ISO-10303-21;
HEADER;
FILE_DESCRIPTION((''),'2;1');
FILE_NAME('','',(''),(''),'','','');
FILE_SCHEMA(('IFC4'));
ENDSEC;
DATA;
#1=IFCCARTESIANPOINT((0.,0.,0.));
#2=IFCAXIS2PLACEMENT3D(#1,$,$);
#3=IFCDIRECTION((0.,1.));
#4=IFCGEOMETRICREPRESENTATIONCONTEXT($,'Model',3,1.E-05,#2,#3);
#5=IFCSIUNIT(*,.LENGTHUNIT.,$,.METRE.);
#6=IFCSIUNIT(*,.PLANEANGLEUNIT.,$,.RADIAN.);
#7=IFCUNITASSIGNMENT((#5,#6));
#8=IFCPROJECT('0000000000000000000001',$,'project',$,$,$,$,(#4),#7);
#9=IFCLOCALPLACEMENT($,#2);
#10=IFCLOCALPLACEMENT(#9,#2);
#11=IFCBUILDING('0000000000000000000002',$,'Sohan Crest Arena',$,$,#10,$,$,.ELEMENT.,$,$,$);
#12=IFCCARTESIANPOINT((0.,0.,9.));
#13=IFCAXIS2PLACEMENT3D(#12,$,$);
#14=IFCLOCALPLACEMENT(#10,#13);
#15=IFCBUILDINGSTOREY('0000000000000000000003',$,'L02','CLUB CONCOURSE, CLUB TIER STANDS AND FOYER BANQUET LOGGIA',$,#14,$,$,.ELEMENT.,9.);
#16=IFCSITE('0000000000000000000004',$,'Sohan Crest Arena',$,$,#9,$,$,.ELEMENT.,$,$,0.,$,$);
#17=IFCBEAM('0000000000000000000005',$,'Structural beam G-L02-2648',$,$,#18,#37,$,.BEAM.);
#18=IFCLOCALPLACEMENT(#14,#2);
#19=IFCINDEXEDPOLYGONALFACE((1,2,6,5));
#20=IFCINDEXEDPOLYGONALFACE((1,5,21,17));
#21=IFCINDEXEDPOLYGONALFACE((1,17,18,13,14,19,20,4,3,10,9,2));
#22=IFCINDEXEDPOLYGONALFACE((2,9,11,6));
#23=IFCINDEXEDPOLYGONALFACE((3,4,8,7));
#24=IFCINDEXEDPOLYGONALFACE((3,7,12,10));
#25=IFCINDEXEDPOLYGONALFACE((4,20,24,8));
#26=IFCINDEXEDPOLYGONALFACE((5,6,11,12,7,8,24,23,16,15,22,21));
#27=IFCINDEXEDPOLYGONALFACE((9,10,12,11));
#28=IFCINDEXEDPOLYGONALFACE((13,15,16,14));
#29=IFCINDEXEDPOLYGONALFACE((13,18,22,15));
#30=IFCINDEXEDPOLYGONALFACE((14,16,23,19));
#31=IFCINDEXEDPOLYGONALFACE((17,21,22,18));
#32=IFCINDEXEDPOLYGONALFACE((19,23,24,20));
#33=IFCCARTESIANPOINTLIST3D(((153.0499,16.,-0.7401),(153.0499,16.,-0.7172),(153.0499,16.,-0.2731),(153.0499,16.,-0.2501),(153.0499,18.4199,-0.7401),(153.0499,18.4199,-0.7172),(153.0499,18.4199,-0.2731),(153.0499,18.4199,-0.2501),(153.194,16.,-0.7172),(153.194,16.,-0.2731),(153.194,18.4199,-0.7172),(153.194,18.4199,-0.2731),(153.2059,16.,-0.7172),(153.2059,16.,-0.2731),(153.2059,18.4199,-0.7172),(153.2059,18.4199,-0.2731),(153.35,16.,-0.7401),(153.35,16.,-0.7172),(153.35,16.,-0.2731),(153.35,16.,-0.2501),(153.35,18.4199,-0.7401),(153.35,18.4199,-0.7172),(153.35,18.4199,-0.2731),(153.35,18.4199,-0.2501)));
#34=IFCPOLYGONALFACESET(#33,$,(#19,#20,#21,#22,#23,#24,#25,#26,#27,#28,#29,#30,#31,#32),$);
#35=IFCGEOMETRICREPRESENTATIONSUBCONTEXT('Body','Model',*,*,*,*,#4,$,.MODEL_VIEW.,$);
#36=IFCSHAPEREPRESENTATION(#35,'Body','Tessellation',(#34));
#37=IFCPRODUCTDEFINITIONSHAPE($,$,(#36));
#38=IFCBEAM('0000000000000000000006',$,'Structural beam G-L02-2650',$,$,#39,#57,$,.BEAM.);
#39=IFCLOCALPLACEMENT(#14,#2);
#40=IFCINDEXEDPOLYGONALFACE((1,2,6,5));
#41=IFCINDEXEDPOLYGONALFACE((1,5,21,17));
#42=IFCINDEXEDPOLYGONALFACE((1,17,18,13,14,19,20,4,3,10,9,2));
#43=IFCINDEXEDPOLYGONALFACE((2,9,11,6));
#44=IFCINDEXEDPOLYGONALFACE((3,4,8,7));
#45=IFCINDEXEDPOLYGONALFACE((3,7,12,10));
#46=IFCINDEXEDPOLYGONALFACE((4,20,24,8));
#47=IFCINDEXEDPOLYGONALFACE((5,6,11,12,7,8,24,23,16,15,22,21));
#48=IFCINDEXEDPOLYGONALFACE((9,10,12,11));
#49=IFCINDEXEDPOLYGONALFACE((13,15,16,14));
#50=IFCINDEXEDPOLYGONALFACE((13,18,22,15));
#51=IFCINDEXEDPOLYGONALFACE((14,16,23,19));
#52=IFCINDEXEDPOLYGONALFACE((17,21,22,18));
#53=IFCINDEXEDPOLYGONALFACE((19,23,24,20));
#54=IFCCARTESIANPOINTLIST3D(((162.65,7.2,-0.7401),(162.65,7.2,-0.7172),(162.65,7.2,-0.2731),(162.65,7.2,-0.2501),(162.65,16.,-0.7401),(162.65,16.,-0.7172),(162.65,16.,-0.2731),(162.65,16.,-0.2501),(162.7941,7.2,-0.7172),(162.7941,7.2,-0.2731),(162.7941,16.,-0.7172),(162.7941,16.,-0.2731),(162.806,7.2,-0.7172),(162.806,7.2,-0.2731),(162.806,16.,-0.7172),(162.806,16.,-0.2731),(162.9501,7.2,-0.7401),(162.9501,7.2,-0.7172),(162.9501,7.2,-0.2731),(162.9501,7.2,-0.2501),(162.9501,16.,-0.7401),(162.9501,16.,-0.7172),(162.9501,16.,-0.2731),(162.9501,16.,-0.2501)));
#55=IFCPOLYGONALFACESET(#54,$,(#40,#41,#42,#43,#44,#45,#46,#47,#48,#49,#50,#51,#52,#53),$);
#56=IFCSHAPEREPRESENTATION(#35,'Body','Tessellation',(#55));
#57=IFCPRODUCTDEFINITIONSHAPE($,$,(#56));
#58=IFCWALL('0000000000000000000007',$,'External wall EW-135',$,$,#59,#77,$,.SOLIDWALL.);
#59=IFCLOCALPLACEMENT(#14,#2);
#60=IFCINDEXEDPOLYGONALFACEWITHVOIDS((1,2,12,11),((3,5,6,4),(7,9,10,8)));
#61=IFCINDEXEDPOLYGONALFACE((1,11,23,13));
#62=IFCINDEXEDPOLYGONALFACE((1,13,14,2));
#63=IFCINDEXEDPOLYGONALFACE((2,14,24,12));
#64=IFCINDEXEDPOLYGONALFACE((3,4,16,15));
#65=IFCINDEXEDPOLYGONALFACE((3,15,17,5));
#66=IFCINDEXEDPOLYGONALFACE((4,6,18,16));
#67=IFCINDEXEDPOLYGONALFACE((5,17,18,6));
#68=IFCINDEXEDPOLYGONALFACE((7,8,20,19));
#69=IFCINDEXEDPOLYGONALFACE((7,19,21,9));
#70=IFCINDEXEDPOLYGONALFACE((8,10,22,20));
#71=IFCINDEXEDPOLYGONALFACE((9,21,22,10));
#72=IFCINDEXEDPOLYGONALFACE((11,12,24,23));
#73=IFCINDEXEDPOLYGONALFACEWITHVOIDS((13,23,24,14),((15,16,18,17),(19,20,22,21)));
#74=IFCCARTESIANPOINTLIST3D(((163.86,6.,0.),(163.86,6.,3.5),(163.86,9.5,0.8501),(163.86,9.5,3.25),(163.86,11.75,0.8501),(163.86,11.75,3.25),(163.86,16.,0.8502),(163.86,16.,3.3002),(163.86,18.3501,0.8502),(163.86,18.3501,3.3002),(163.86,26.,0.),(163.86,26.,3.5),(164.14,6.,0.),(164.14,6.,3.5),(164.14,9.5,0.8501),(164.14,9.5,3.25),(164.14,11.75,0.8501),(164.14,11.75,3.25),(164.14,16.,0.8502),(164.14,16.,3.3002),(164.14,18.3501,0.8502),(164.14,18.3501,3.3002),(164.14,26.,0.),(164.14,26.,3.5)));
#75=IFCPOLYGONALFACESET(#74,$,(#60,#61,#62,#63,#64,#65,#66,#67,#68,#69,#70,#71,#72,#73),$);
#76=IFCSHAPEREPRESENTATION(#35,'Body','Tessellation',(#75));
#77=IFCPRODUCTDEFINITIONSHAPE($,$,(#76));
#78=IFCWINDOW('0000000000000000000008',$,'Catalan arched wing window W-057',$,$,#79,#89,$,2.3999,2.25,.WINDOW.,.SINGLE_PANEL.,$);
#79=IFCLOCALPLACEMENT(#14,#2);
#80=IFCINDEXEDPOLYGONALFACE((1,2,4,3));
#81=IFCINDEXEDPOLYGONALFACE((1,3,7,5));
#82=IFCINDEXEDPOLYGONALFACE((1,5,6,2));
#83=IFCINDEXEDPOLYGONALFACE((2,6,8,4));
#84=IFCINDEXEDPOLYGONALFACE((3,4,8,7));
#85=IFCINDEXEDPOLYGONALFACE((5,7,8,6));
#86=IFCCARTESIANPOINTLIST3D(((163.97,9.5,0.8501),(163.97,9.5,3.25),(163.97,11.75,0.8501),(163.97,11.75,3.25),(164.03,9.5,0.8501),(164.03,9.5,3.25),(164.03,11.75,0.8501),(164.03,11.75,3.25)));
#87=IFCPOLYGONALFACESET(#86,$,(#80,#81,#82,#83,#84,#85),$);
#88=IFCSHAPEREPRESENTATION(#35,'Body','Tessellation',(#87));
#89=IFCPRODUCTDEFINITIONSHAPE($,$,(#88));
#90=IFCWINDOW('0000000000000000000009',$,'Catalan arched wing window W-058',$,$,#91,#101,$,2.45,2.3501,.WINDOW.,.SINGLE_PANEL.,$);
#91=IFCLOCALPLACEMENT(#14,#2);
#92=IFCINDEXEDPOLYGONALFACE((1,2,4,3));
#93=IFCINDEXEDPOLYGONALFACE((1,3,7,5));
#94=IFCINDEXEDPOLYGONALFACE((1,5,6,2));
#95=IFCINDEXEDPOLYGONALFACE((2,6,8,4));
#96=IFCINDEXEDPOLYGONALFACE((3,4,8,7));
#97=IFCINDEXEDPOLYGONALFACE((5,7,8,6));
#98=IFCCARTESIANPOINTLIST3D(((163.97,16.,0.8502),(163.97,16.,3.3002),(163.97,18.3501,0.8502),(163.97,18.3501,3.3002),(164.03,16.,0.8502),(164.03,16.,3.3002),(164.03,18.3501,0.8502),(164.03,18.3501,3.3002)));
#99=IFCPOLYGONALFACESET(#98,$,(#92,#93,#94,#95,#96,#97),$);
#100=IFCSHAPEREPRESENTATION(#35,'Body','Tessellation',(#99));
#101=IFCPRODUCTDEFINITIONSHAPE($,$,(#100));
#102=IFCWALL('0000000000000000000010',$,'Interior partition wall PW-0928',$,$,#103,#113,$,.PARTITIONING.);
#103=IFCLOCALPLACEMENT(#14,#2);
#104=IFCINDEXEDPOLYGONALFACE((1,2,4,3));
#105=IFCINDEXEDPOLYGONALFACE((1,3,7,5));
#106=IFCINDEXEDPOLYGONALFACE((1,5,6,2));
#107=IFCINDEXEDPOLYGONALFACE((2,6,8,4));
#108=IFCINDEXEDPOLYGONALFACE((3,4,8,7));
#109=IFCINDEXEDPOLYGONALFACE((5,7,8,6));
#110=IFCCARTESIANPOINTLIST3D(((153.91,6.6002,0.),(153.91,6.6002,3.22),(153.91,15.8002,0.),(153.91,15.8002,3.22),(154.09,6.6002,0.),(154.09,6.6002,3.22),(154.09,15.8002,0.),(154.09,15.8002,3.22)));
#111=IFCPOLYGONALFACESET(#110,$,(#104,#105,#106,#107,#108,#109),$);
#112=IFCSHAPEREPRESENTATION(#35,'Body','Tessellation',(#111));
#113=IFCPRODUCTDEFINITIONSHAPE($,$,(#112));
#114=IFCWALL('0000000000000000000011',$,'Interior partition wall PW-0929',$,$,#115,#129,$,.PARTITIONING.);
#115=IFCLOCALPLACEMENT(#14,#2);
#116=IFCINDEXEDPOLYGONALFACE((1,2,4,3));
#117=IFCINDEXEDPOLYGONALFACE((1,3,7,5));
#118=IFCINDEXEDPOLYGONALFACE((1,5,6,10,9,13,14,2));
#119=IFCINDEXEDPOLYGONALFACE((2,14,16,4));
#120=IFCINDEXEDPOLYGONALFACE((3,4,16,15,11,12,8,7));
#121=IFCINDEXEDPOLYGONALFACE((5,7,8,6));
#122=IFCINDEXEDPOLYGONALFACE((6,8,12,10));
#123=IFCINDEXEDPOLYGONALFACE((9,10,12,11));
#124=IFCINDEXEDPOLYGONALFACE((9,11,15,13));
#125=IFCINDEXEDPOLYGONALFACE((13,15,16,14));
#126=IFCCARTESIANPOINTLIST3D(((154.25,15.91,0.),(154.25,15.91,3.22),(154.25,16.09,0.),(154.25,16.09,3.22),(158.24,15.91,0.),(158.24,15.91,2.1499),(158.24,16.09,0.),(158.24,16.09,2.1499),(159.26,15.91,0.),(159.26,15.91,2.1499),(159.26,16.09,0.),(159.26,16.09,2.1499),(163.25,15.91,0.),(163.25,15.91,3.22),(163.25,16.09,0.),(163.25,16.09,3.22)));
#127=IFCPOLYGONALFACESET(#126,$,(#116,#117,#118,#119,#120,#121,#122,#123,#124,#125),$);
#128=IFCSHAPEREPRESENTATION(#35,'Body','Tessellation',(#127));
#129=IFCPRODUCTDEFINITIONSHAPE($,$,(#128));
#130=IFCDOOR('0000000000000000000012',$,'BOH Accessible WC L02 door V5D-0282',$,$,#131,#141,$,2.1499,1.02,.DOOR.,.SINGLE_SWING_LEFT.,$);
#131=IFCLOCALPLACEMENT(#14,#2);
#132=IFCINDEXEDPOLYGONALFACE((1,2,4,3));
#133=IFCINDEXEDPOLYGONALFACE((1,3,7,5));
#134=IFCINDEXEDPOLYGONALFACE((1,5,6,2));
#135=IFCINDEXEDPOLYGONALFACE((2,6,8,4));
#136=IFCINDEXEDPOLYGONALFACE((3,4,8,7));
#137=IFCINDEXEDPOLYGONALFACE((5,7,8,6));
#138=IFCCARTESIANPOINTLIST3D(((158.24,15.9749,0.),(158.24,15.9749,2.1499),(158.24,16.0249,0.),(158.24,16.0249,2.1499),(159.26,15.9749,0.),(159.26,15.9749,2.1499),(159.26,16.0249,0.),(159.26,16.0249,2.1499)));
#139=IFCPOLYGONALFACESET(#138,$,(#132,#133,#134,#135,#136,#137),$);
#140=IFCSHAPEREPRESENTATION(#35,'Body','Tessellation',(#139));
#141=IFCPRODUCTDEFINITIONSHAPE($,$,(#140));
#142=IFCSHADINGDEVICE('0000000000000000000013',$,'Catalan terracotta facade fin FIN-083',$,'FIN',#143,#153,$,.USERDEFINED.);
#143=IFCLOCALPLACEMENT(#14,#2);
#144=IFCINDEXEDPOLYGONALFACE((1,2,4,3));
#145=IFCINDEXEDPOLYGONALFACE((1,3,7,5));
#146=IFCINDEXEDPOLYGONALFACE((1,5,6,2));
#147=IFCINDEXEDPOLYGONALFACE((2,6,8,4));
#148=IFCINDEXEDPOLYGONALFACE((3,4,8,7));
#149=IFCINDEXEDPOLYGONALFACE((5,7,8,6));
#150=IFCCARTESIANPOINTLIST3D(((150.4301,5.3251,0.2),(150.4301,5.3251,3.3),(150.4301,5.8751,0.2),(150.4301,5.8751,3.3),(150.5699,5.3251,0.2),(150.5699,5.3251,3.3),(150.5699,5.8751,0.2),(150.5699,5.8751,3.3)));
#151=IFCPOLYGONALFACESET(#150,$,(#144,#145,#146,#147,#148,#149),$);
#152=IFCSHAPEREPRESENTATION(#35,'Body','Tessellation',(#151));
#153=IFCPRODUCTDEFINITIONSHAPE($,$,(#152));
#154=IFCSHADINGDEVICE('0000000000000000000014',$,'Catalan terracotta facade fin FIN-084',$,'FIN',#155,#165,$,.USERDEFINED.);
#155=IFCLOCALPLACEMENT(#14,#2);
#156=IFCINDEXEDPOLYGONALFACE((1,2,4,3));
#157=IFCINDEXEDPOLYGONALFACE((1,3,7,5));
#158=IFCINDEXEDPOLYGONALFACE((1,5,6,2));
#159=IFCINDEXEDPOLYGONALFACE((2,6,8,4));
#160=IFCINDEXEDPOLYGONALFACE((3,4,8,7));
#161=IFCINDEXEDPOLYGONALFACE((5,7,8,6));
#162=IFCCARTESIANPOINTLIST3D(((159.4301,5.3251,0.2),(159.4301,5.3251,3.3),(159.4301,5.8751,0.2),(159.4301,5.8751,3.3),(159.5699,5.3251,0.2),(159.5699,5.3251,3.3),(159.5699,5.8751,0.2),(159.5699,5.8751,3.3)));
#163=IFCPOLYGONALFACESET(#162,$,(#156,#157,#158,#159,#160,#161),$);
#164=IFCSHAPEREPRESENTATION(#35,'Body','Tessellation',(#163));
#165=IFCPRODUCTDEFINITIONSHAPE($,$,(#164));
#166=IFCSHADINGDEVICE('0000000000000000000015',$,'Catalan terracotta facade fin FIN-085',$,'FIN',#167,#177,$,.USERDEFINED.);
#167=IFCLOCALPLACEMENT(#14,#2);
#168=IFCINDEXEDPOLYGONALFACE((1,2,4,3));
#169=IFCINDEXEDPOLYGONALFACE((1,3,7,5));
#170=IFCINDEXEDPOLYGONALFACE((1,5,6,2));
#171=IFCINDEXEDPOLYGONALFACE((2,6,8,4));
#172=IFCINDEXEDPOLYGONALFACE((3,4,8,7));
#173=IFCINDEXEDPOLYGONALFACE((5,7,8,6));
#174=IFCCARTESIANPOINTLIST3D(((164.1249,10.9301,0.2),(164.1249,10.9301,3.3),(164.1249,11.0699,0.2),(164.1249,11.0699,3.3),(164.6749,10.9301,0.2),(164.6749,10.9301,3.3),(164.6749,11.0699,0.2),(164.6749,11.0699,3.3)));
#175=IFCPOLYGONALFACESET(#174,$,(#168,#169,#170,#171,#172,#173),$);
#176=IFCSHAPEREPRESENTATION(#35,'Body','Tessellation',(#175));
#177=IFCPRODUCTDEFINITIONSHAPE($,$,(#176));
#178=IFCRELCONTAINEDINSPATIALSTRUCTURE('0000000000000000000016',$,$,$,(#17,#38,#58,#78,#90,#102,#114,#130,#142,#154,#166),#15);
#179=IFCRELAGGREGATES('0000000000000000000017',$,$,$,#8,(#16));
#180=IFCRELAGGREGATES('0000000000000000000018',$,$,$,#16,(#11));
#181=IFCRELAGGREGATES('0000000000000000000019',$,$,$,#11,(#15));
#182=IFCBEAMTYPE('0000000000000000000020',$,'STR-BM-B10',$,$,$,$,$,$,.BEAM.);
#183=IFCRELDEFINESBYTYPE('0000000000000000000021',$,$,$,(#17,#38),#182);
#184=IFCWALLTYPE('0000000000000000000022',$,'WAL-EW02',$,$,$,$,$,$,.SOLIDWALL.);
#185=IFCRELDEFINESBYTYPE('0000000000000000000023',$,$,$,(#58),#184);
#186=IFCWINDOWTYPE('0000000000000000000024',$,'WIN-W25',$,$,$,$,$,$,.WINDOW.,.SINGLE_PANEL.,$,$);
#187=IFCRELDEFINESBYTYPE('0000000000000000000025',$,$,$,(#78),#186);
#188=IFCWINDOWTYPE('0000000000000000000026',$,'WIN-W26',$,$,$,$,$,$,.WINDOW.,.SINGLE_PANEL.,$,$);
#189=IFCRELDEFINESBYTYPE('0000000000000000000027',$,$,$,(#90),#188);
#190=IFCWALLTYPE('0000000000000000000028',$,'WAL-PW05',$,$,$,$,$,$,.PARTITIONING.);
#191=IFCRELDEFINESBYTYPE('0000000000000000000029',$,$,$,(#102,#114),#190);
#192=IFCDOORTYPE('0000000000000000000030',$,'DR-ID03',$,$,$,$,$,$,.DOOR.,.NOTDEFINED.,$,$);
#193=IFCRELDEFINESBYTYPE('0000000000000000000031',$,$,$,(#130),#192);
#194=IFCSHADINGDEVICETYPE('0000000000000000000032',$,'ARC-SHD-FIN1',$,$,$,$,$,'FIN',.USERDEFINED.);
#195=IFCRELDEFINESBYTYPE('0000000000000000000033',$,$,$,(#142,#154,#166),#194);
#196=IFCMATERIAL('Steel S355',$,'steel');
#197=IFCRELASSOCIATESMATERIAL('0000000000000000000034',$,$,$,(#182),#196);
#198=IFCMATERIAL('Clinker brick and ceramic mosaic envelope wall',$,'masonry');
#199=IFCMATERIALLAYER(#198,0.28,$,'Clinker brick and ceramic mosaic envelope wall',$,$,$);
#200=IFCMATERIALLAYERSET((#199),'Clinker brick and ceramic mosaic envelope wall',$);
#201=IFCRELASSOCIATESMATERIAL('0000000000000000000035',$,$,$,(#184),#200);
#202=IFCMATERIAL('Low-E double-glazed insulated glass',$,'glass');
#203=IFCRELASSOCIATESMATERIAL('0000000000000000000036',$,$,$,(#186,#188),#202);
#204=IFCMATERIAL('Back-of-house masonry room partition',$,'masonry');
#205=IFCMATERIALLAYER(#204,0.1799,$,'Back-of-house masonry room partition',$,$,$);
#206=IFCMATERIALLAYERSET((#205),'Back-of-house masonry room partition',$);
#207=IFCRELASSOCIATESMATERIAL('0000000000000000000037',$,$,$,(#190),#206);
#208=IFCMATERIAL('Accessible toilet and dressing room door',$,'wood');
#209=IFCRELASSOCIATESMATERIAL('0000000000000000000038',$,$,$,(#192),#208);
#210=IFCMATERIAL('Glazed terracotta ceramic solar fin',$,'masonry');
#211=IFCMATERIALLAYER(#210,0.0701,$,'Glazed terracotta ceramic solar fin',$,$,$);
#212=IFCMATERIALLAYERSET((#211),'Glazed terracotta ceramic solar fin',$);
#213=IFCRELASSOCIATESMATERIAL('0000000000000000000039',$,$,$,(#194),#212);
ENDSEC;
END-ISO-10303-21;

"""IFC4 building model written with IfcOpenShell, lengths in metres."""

from ifc_helpers import new_model, si_unit, direction, frame, frame_2d, origin, origin_2d, place, context, subcontext, project, spatial, rectangle, i_section, extrude, material, layer, layer_set, material_profile, profile_set, type_object, element, fill, save


model = new_model("IFC4")

# Units and contexts
model_context = context("Model", 3, precision=1e-05, world=origin(), true_north=direction((0.0, 1.0)))
body_context = subcontext(model_context, "Body", "Model", "MODEL_VIEW")
ifc_project = project(units=[si_unit("LENGTHUNIT", "METRE"), si_unit("PLANEANGLEUNIT", "RADIAN")], contexts=[model_context])

# Site, building, storey
site_placement = place(None, origin())
site = spatial("IfcSite", under=ifc_project, at=site_placement, Name="Sohan Crest Arena", CompositionType="ELEMENT", RefElevation=0.0)
building_placement = place(site_placement, origin())
building = spatial("IfcBuilding", under=site, at=building_placement, Name="Sohan Crest Arena", CompositionType="ELEMENT")
storey_placement = place(building_placement, frame((0.0, 0.0, 9.0)))
storey = spatial("IfcBuildingStorey", under=building, at=storey_placement, Name="L02", Description="CLUB CONCOURSE, CLUB TIER STANDS AND FOYER BANQUET LOGGIA", CompositionType="ELEMENT", Elevation=9.0)

# Shared definitions
ifc_material_1 = material(Name="Steel S355", Category="steel")

# Beams
ifc_material_profile_1 = material_profile(ifc_material_1, i_section(OverallWidth=0.3, OverallDepth=0.49, WebThickness=0.012, FlangeThickness=0.0229, at=origin_2d()), Name="HEA 500")
ifc_profile_set_1 = profile_set([ifc_material_profile_1], Name="Steel S355")
beam_type_1 = type_object("IfcBeamType", Name="STR-BM-B10", PredefinedType="BEAM", material=ifc_profile_set_1)
beam_1_placement = place(storey_placement, frame((153.2, 16.0, -0.4951), z_axis=(0.0, 1.0, 0.0), x_axis=(-1.0, 0.0, 0.0)))
element("IfcBeam", 1, at=beam_1_placement, inside=storey, type_object=beam_type_1, Name="Structural beam G-L02-2648", PredefinedType="BEAM", context=body_context, shape_type="SweptSolid", body=[
    extrude(i_section(OverallWidth=0.3, OverallDepth=0.49, WebThickness=0.012, FlangeThickness=0.0229, at=origin_2d()), origin(), (0.0, 0.0, 1.0), 2.4199),
])
beam_2_placement = place(storey_placement, frame((162.8, 7.2, -0.4951), z_axis=(0.0, 1.0, 0.0), x_axis=(-1.0, 0.0, 0.0)))
element("IfcBeam", 2, at=beam_2_placement, inside=storey, type_object=beam_type_1, Name="Structural beam G-L02-2650", PredefinedType="BEAM", context=body_context, shape_type="SweptSolid", body=[
    extrude(i_section(OverallWidth=0.3, OverallDepth=0.49, WebThickness=0.012, FlangeThickness=0.0229, at=origin_2d()), origin(), (0.0, 0.0, 1.0), 8.8),
])

# Wall, openings, windows
ifc_material_2 = material(Name="Clinker brick and ceramic mosaic envelope wall", Category="masonry")
ifc_layer_1 = layer(ifc_material_2, 0.28, Name="Clinker brick and ceramic mosaic envelope wall")
ifc_layer_set_1 = layer_set([ifc_layer_1], Name="Clinker brick and ceramic mosaic envelope wall")
wall_type_1 = type_object("IfcWallType", Name="WAL-EW02", PredefinedType="SOLIDWALL", material=ifc_layer_set_1)
wall_1_placement = place(storey_placement, frame((164.0, 6.0, 0.0), z_axis=(0.0, 0.0, 1.0), x_axis=(0.0, 1.0, 0.0)))
wall_1 = element("IfcWall", 3, at=wall_1_placement, inside=storey, type_object=wall_type_1, Name="External wall EW-135", PredefinedType="SOLIDWALL", context=body_context, shape_type="SweptSolid", body=[
    extrude(rectangle(XDim=20.0, YDim=0.28, at=frame_2d((10.0, 0.0))), origin(), (0.0, 0.0, 1.0), 3.5),
])
opening_1_placement = place(wall_1_placement, frame((3.5, 0.0, 0.8501)))
opening_1 = element("IfcOpeningElement", 4, at=opening_1_placement, cuts=wall_1, PredefinedType="OPENING", context=body_context, shape_type="SweptSolid", body=[
    extrude(rectangle(XDim=2.25, YDim=2.3999, at=frame_2d((1.125, 1.2))), frame((0.0, 0.1499, 0.0), z_axis=(0.0, -1.0, 0.0), x_axis=(1.0, 0.0, 0.0)), (0.0, 0.0, 1.0), 0.3),
])
opening_2_placement = place(wall_1_placement, frame((10.0, 0.0, 0.8501)))
opening_2 = element("IfcOpeningElement", 5, at=opening_2_placement, cuts=wall_1, PredefinedType="OPENING", context=body_context, shape_type="SweptSolid", body=[
    extrude(rectangle(XDim=2.3501, YDim=2.45, at=frame_2d((1.175, 1.2251))), frame((0.0, 0.1499, 0.0), z_axis=(0.0, -1.0, 0.0), x_axis=(1.0, 0.0, 0.0)), (0.0, 0.0, 1.0), 0.3),
])
ifc_material_3 = material(Name="Low-E double-glazed insulated glass", Category="glass")
window_type_1 = type_object("IfcWindowType", Name="WIN-W25", PartitioningType="SINGLE_PANEL", PredefinedType="WINDOW", material=ifc_material_3)
window_1_placement = place(opening_1_placement, origin())
window_1 = element("IfcWindow", 6, at=window_1_placement, inside=storey, type_object=window_type_1, Name="Catalan arched wing window W-057", OverallHeight=2.3999, OverallWidth=2.25, PartitioningType="SINGLE_PANEL", PredefinedType="WINDOW", context=body_context, shape_type="SweptSolid", body=[
    extrude(rectangle(XDim=2.25, YDim=2.3999, at=frame_2d((1.125, 1.2))), frame((0.0, 0.03, 0.0), z_axis=(0.0, -1.0, 0.0), x_axis=(1.0, 0.0, 0.0)), (0.0, 0.0, 1.0), 0.0601),
])
fill(opening_1, window_1)
window_type_2 = type_object("IfcWindowType", Name="WIN-W26", PartitioningType="SINGLE_PANEL", PredefinedType="WINDOW", material=ifc_material_3)
window_2_placement = place(opening_2_placement, origin())
window_2 = element("IfcWindow", 7, at=window_2_placement, inside=storey, type_object=window_type_2, Name="Catalan arched wing window W-058", OverallHeight=2.45, OverallWidth=2.3501, PartitioningType="SINGLE_PANEL", PredefinedType="WINDOW", context=body_context, shape_type="SweptSolid", body=[
    extrude(rectangle(XDim=2.3501, YDim=2.45, at=frame_2d((1.175, 1.2251))), frame((0.0, 0.03, 0.0), z_axis=(0.0, -1.0, 0.0), x_axis=(1.0, 0.0, 0.0)), (0.0, 0.0, 1.0), 0.0601),
])
fill(opening_2, window_2)

# Wall
ifc_material_4 = material(Name="Back-of-house masonry room partition", Category="masonry")
ifc_layer_2 = layer(ifc_material_4, 0.1799, Name="Back-of-house masonry room partition")
ifc_layer_set_2 = layer_set([ifc_layer_2], Name="Back-of-house masonry room partition")
wall_type_2 = type_object("IfcWallType", Name="WAL-PW05", PredefinedType="PARTITIONING", material=ifc_layer_set_2)
wall_2_placement = place(storey_placement, frame((154.0, 6.6001, 0.0), z_axis=(0.0, 0.0, 1.0), x_axis=(0.0, 1.0, 0.0)))
element("IfcWall", 8, at=wall_2_placement, inside=storey, type_object=wall_type_2, Name="Interior partition wall PW-0928", PredefinedType="PARTITIONING", context=body_context, shape_type="SweptSolid", body=[
    extrude(rectangle(XDim=9.2, YDim=0.1799, at=frame_2d((4.6001, 0.0))), origin(), (0.0, 0.0, 1.0), 3.22),
])

# Wall, opening, door
wall_3_placement = place(storey_placement, frame((154.25, 16.0, 0.0), z_axis=(0.0, 0.0, 1.0), x_axis=(1.0, 0.0, 0.0)))
wall_3 = element("IfcWall", 9, at=wall_3_placement, inside=storey, type_object=wall_type_2, Name="Interior partition wall PW-0929", PredefinedType="PARTITIONING", context=body_context, shape_type="SweptSolid", body=[
    extrude(rectangle(XDim=9.0, YDim=0.1799, at=frame_2d((4.5, 0.0))), origin(), (0.0, 0.0, 1.0), 3.22),
])
opening_3_placement = place(wall_3_placement, frame((3.99, 0.0, 0.0)))
opening_3 = element("IfcOpeningElement", 10, at=opening_3_placement, cuts=wall_3, PredefinedType="OPENING", context=body_context, shape_type="SweptSolid", body=[
    extrude(rectangle(XDim=1.02, YDim=2.1499, at=frame_2d((0.51, 1.075))), frame((0.0, 0.0999, 0.0), z_axis=(0.0, -1.0, 0.0), x_axis=(1.0, 0.0, 0.0)), (0.0, 0.0, 1.0), 0.2),
])
ifc_material_5 = material(Name="Accessible toilet and dressing room door", Category="wood")
door_type = type_object("IfcDoorType", Name="DR-ID03", OperationType="NOTDEFINED", PredefinedType="DOOR", material=ifc_material_5)
door_placement = place(opening_3_placement, origin())
door = element("IfcDoor", 11, at=door_placement, inside=storey, type_object=door_type, Name="BOH Accessible WC L02 door V5D-0282", OperationType="SINGLE_SWING_LEFT", OverallHeight=2.1499, OverallWidth=1.02, PredefinedType="DOOR", context=body_context, shape_type="SweptSolid", body=[
    extrude(rectangle(XDim=1.02, YDim=2.1499, at=frame_2d((0.51, 1.075))), frame((0.0, 0.0249, 0.0), z_axis=(0.0, -1.0, 0.0), x_axis=(1.0, 0.0, 0.0)), (0.0, 0.0, 1.0), 0.05),
])
fill(opening_3, door)

# Shading devices
ifc_material_6 = material(Name="Glazed terracotta ceramic solar fin", Category="masonry")
ifc_layer_3 = layer(ifc_material_6, 0.0701, Name="Glazed terracotta ceramic solar fin")
ifc_layer_set_3 = layer_set([ifc_layer_3], Name="Glazed terracotta ceramic solar fin")
shading_device_type = type_object("IfcShadingDeviceType", Name="ARC-SHD-FIN1", ElementType="FIN", PredefinedType="USERDEFINED", material=ifc_layer_set_3)
for number, where, z_axis, x_axis, name in (
    (12, (150.5, 5.6001, 0.2), (0.0, 0.0, 1.0), (1.0, 0.0, 0.0), "Catalan terracotta facade fin FIN-083"),
    (13, (159.5, 5.6001, 0.2), (0.0, 0.0, 1.0), (1.0, 0.0, 0.0), "Catalan terracotta facade fin FIN-084"),
    (14, (164.3999, 11.0, 0.2), (0.0, 0.0, 1.0), (0.0, 1.0, 0.0), "Catalan terracotta facade fin FIN-085"),
):
    element("IfcShadingDevice", number, at=place(storey_placement, frame(where, z_axis=z_axis, x_axis=x_axis)), inside=storey, type_object=shading_device_type, Name=name, ObjectType="FIN", PredefinedType="USERDEFINED", context=body_context, shape_type="SweptSolid", body=[
        extrude(rectangle(XDim=0.1399, YDim=0.55, at=origin_2d()), origin(), (0.0, 0.0, 1.0), 3.1001),
    ])

save(model, "model.ifc")
